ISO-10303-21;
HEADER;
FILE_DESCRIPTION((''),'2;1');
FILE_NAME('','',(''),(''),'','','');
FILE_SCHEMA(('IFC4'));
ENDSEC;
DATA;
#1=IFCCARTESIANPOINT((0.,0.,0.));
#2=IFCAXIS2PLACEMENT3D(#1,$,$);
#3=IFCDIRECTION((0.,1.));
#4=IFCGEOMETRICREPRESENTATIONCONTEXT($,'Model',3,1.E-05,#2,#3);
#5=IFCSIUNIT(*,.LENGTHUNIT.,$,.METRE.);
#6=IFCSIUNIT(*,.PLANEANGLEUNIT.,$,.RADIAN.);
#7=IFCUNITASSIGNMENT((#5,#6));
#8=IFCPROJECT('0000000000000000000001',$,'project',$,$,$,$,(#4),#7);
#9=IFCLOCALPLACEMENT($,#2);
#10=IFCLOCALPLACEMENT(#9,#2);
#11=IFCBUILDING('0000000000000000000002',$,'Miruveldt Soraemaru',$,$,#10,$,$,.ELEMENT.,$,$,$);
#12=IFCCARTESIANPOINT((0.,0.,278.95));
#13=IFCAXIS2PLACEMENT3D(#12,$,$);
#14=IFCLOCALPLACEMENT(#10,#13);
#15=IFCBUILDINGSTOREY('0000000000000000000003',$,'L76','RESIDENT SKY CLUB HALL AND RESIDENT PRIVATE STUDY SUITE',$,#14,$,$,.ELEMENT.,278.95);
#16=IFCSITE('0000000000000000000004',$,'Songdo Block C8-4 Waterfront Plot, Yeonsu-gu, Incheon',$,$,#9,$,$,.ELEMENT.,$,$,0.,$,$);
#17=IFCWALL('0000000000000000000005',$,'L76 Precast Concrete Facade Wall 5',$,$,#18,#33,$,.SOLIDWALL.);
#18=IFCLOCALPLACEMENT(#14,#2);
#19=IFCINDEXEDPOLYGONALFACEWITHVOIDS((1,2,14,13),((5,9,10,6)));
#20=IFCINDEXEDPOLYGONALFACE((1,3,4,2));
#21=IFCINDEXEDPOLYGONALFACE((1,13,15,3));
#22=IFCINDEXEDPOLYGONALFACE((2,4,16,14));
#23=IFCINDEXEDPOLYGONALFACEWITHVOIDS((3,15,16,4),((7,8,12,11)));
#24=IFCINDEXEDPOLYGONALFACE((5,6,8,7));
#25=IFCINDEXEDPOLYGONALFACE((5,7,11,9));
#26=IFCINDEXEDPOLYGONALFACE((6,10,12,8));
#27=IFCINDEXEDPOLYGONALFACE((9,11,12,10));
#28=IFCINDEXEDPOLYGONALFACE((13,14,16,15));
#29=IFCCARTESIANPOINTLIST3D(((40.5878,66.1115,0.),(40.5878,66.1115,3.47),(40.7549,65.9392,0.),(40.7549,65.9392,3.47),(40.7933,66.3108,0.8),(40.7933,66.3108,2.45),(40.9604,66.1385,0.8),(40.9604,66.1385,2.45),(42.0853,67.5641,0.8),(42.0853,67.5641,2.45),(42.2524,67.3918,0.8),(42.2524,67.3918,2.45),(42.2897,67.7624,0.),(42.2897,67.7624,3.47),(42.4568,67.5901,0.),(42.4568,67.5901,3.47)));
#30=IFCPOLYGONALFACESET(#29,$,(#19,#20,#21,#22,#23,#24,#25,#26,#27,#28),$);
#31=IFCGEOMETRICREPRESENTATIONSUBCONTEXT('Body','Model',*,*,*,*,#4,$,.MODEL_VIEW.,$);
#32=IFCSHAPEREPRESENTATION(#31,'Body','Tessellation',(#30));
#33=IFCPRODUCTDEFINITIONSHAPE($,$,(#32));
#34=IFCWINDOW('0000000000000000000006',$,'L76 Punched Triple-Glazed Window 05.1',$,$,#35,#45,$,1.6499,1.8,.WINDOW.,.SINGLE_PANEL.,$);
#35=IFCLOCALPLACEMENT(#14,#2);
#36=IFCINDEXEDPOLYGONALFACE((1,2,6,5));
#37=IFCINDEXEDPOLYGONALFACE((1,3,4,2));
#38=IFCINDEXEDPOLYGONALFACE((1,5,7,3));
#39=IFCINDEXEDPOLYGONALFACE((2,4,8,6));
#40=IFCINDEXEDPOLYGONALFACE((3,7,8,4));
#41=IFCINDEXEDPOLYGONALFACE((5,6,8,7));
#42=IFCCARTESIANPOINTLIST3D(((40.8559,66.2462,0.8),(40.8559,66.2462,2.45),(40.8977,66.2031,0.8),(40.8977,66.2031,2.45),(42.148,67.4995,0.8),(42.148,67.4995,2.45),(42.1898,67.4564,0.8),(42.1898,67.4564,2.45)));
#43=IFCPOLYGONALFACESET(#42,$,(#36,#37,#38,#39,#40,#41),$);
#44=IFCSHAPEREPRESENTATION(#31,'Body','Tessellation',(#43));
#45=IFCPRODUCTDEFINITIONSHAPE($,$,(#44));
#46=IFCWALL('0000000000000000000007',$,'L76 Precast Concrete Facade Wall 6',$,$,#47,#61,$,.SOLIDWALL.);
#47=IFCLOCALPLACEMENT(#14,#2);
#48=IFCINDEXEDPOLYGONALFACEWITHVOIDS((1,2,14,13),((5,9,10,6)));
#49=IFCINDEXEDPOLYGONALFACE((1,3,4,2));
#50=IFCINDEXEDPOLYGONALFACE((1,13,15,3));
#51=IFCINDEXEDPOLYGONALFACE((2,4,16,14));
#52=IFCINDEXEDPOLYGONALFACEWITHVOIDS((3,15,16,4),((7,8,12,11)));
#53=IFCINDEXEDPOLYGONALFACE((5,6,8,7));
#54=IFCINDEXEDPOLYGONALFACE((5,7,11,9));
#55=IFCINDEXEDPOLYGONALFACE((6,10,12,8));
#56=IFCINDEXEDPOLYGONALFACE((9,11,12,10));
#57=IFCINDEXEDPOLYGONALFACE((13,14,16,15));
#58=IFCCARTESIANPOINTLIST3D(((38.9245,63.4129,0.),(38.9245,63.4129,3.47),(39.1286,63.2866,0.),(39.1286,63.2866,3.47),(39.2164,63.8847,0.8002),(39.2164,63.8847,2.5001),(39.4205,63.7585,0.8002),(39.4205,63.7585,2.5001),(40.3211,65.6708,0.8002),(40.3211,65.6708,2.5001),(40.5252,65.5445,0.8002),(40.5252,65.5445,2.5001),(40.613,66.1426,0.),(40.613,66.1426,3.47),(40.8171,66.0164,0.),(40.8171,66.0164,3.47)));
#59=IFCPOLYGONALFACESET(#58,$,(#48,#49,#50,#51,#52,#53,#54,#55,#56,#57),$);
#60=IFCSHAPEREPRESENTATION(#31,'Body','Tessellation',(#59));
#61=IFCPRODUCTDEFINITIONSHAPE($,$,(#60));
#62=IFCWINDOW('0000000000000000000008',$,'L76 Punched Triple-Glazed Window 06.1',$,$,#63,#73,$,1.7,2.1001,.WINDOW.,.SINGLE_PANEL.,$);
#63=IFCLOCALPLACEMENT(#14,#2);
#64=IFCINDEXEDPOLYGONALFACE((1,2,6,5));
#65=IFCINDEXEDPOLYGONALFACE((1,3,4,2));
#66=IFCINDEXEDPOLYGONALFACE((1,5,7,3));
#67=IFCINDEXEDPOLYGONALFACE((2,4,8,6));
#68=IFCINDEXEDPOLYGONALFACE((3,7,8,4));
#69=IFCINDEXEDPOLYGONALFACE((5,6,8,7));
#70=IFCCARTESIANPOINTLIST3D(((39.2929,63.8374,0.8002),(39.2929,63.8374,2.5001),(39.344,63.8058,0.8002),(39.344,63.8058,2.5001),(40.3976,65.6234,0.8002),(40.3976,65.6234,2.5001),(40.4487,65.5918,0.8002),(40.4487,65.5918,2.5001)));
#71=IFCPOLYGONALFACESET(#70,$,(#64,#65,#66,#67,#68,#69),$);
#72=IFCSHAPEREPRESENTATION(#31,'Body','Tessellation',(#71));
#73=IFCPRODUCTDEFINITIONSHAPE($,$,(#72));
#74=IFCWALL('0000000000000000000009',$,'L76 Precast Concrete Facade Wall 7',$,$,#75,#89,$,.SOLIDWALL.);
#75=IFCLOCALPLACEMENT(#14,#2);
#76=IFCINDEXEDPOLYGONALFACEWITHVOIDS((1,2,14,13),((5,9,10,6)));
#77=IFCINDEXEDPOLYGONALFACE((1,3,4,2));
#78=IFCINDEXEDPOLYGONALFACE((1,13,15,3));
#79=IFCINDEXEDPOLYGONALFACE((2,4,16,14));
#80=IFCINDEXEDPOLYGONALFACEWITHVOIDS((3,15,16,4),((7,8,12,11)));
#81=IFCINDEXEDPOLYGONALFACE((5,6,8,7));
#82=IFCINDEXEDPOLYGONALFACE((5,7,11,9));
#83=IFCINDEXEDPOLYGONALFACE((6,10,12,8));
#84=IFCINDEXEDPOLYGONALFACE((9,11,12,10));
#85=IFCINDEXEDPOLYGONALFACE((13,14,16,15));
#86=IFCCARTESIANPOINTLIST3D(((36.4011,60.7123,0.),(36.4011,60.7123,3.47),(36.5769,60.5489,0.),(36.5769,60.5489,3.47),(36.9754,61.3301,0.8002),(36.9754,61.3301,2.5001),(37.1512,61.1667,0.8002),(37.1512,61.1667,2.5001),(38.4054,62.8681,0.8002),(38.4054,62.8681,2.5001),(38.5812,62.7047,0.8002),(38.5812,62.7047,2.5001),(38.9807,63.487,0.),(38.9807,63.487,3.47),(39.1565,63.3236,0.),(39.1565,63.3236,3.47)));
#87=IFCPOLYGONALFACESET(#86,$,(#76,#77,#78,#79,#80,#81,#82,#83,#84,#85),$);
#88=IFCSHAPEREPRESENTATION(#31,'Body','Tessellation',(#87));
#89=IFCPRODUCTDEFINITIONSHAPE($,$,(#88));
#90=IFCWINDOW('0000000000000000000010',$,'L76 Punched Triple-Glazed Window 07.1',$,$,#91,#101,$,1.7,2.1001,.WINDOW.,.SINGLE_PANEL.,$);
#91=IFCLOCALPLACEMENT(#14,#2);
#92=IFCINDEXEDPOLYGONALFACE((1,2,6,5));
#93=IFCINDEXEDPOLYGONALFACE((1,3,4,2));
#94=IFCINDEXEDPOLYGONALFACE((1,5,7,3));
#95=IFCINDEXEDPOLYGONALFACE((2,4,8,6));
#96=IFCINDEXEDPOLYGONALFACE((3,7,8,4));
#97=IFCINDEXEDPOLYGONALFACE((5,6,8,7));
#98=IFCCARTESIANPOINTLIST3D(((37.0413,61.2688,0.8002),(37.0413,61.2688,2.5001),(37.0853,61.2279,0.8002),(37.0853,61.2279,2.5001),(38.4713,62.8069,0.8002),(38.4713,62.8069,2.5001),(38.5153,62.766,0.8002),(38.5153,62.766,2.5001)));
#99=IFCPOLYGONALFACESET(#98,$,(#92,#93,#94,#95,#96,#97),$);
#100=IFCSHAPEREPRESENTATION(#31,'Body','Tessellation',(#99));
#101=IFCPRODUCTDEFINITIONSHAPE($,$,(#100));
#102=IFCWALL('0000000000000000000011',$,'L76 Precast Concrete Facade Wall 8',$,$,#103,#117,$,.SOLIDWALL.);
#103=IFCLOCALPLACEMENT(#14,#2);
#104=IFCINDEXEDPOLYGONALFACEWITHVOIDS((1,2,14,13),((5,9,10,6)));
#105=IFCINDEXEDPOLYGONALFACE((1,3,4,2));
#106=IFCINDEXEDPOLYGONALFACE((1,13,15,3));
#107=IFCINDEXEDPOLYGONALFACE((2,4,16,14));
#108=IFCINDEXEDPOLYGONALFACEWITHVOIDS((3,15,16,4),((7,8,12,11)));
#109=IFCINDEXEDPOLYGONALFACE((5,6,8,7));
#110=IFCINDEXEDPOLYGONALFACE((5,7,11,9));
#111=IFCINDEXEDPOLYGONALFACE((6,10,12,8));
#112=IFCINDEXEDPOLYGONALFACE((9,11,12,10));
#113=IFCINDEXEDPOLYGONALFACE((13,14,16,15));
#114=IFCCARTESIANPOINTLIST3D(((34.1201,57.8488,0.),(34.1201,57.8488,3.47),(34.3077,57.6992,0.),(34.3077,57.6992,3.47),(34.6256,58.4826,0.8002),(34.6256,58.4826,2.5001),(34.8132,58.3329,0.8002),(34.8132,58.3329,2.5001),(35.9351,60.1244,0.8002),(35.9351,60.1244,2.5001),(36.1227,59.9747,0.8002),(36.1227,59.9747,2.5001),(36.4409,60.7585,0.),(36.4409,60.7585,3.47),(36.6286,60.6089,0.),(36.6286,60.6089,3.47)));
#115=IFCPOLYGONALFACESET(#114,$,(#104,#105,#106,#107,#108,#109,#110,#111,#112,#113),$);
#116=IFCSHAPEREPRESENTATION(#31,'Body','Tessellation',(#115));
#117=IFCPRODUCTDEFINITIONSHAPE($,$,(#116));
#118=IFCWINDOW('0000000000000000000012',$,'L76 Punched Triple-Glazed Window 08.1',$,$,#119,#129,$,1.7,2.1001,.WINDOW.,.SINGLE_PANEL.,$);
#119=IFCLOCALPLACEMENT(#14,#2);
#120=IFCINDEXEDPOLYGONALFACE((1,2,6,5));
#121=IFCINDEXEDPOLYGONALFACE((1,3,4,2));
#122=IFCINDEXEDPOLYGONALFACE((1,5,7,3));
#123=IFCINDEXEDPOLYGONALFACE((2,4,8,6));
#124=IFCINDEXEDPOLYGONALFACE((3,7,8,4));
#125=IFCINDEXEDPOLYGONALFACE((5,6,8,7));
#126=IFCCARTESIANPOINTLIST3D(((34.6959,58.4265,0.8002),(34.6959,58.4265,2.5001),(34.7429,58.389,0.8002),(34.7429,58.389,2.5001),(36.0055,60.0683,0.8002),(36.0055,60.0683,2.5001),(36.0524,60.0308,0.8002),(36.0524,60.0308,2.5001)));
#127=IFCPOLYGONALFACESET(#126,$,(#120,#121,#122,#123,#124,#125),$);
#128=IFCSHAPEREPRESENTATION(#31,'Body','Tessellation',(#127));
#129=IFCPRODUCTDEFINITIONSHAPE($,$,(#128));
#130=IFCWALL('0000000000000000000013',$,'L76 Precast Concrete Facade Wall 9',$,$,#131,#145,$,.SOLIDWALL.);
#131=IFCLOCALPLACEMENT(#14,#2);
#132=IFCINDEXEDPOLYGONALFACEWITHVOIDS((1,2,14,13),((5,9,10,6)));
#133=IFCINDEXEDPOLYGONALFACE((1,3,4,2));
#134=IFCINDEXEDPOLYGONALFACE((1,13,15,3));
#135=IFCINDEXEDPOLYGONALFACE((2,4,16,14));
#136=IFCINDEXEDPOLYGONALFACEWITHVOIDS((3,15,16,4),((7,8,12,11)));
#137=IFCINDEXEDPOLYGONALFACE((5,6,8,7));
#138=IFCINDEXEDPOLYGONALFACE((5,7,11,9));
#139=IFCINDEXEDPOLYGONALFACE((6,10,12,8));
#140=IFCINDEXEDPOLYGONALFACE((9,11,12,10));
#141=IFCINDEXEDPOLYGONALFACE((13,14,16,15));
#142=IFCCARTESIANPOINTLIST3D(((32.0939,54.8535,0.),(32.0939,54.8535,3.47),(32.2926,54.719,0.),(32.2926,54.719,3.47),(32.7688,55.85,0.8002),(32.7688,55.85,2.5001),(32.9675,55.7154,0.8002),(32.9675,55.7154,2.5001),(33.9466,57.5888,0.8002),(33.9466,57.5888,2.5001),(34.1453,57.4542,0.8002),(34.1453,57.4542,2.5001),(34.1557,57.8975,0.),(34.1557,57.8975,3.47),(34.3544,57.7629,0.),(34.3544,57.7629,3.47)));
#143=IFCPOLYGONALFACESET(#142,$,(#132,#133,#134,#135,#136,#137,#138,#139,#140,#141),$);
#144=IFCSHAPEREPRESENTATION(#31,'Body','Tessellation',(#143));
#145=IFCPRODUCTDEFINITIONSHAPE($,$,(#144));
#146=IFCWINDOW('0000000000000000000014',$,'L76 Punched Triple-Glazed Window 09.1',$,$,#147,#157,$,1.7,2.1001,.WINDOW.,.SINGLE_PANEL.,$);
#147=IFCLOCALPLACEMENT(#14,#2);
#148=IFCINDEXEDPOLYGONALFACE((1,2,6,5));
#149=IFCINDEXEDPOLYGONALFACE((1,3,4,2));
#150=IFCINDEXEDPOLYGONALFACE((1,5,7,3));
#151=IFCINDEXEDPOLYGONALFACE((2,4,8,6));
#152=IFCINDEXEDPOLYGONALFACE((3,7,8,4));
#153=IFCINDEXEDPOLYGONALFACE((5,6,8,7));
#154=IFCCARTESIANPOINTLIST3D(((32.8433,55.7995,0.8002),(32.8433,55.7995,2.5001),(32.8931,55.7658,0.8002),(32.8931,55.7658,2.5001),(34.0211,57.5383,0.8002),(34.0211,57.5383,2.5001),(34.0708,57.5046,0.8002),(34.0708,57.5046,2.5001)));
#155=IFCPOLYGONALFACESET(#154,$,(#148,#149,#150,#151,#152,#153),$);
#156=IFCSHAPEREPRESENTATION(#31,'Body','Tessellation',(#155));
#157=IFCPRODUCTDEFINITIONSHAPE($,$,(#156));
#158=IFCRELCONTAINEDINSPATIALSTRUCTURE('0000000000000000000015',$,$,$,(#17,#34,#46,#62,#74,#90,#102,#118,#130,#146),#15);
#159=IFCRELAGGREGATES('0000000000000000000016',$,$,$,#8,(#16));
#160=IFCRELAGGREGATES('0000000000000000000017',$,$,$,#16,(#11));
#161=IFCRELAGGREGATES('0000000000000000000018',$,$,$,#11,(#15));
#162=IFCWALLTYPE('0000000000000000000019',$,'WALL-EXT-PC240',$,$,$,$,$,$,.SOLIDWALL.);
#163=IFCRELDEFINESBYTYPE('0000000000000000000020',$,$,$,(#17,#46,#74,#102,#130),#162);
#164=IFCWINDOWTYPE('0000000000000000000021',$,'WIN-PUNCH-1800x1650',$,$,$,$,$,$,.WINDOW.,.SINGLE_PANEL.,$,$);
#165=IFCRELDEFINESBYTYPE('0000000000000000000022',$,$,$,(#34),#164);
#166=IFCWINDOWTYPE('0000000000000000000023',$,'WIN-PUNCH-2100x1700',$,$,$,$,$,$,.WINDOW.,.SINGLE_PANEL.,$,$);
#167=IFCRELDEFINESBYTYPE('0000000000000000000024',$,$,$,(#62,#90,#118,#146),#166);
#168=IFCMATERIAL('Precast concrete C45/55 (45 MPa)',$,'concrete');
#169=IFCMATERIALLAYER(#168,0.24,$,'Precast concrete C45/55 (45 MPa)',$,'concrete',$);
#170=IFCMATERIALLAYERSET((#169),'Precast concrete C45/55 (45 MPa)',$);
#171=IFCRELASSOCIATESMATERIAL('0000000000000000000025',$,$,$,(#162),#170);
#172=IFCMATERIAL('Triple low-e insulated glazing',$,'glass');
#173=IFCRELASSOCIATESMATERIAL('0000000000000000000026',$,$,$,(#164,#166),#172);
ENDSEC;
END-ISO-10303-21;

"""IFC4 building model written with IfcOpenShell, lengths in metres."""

from ifc_helpers import new_model, si_unit, direction, frame, frame_2d, origin, place, context, subcontext, project, spatial, rectangle, extrude, material, layer, layer_set, type_object, element, fill, save


model = new_model("IFC4")

# Units and contexts
model_context = context("Model", 3, precision=1e-05, world=origin(), true_north=direction((0.0, 1.0)))
body_context = subcontext(model_context, "Body", "Model", "MODEL_VIEW")
ifc_project = project(units=[si_unit("LENGTHUNIT", "METRE"), si_unit("PLANEANGLEUNIT", "RADIAN")], contexts=[model_context])

# Site, building, storey
site_placement = place(None, origin())
site = spatial("IfcSite", under=ifc_project, at=site_placement, Name="Songdo Block C8-4 Waterfront Plot, Yeonsu-gu, Incheon", CompositionType="ELEMENT", RefElevation=0.0)
building_placement = place(site_placement, origin())
building = spatial("IfcBuilding", under=site, at=building_placement, Name="Miruveldt Soraemaru", CompositionType="ELEMENT")
storey_placement = place(building_placement, frame((0.0, 0.0, 278.95)))
storey = spatial("IfcBuildingStorey", under=building, at=storey_placement, Name="L76", Description="RESIDENT SKY CLUB HALL AND RESIDENT PRIVATE STUDY SUITE", CompositionType="ELEMENT", Elevation=278.95)

# Walls, openings, windows
ifc_material_1 = material(Name="Precast concrete C45/55 (45 MPa)", Category="concrete")
ifc_layer_1 = layer(ifc_material_1, 0.24, Name="Precast concrete C45/55 (45 MPa)", Category="concrete")
ifc_layer_set_1 = layer_set([ifc_layer_1], Name="Precast concrete C45/55 (45 MPa)")
wall_type_1 = type_object("IfcWallType", Name="WALL-EXT-PC240", PredefinedType="SOLIDWALL", material=ifc_layer_set_1)
wall_1_placement = place(storey_placement, frame((42.3733, 67.6763, 0.0), z_axis=(0.0, 0.0, 1.0), x_axis=(-0.717785, -0.696265, 0.0)))
wall_1 = element("IfcWall", 1, at=wall_1_placement, inside=storey, type_object=wall_type_1, Name="L76 Precast Concrete Facade Wall 5", PredefinedType="SOLIDWALL", context=body_context, shape_type="SweptSolid", body=[
    extrude(rectangle(XDim=2.3711, YDim=0.24, at=frame_2d((1.1855, 0.0))), origin(), (0.0, 0.0, 1.0), 3.47),
])
opening_1_placement = place(wall_1_placement, frame((0.2849, 0.0, 0.8)))
opening_1 = element("IfcOpeningElement", 2, at=opening_1_placement, cuts=wall_1, PredefinedType="OPENING", context=body_context, shape_type="SweptSolid", body=[
    extrude(rectangle(XDim=1.8, YDim=1.6499, at=frame_2d((0.8999, 0.825))), frame((0.0, 0.1299, 0.0), z_axis=(0.0, -1.0, 0.0), x_axis=(1.0, 0.0, 0.0)), (0.0, 0.0, 1.0), 0.26),
])
ifc_material_2 = material(Name="Triple low-e insulated glazing", Category="glass")
window_type_1 = type_object("IfcWindowType", Name="WIN-PUNCH-1800x1650", PartitioningType="SINGLE_PANEL", PredefinedType="WINDOW", material=ifc_material_2)
window_1_placement = place(opening_1_placement, origin())
window_1 = element("IfcWindow", 3, at=window_1_placement, inside=storey, type_object=window_type_1, Name="L76 Punched Triple-Glazed Window 05.1", OverallHeight=1.6499, OverallWidth=1.8, PartitioningType="SINGLE_PANEL", PredefinedType="WINDOW", context=body_context, shape_type="SweptSolid", body=[
    extrude(rectangle(XDim=1.8, YDim=1.6499, at=frame_2d((0.8999, 0.825))), frame((0.0, 0.03, 0.0), z_axis=(0.0, -1.0, 0.0), x_axis=(1.0, 0.0, 0.0)), (0.0, 0.0, 1.0), 0.0601),
])
fill(opening_1, window_1)
wall_2_placement = place(storey_placement, frame((40.7151, 66.0796, 0.0), z_axis=(0.0, 0.0, 1.0), x_axis=(-0.526048, -0.850455, 0.0)))
wall_2 = element("IfcWall", 4, at=wall_2_placement, inside=storey, type_object=wall_type_1, Name="L76 Precast Concrete Facade Wall 6", PredefinedType="SOLIDWALL", context=body_context, shape_type="SweptSolid", body=[
    extrude(rectangle(XDim=3.2097, YDim=0.24, at=frame_2d((1.605, 0.0))), origin(), (0.0, 0.0, 1.0), 3.47),
])
opening_2_placement = place(wall_2_placement, frame((0.5549, 0.0, 0.8)))
opening_2 = element("IfcOpeningElement", 5, at=opening_2_placement, cuts=wall_2, PredefinedType="OPENING", context=body_context, shape_type="SweptSolid", body=[
    extrude(rectangle(XDim=2.1001, YDim=1.7, at=frame_2d((1.05, 0.8501))), frame((0.0, 0.1299, 0.0), z_axis=(0.0, -1.0, 0.0), x_axis=(1.0, 0.0, 0.0)), (0.0, 0.0, 1.0), 0.26),
])
window_type_2 = type_object("IfcWindowType", Name="WIN-PUNCH-2100x1700", PartitioningType="SINGLE_PANEL", PredefinedType="WINDOW", material=ifc_material_2)
window_2_placement = place(opening_2_placement, origin())
window_2 = element("IfcWindow", 6, at=window_2_placement, inside=storey, type_object=window_type_2, Name="L76 Punched Triple-Glazed Window 06.1", OverallHeight=1.7, OverallWidth=2.1001, PartitioningType="SINGLE_PANEL", PredefinedType="WINDOW", context=body_context, shape_type="SweptSolid", body=[
    extrude(rectangle(XDim=2.1001, YDim=1.7, at=frame_2d((1.05, 0.8501))), frame((0.0, 0.03, 0.0), z_axis=(0.0, -1.0, 0.0), x_axis=(1.0, 0.0, 0.0)), (0.0, 0.0, 1.0), 0.0601),
])
fill(opening_2, window_2)
wall_3_placement = place(storey_placement, frame((39.0686, 63.4053, 0.0), z_axis=(0.0, 0.0, 1.0), x_axis=(-0.680893, -0.732383, 0.0)))
wall_3 = element("IfcWall", 7, at=wall_3_placement, inside=storey, type_object=wall_type_1, Name="L76 Precast Concrete Facade Wall 7", PredefinedType="SOLIDWALL", context=body_context, shape_type="SweptSolid", body=[
    extrude(rectangle(XDim=3.7886, YDim=0.24, at=frame_2d((1.8943, 0.0))), origin(), (0.0, 0.0, 1.0), 3.47),
])
opening_3_placement = place(wall_3_placement, frame((0.845, 0.0, 0.8)))
opening_3 = element("IfcOpeningElement", 8, at=opening_3_placement, cuts=wall_3, PredefinedType="OPENING", context=body_context, shape_type="SweptSolid", body=[
    extrude(rectangle(XDim=2.1001, YDim=1.7, at=frame_2d((1.05, 0.8501))), frame((0.0, 0.1299, 0.0), z_axis=(0.0, -1.0, 0.0), x_axis=(1.0, 0.0, 0.0)), (0.0, 0.0, 1.0), 0.26),
])
window_3_placement = place(opening_3_placement, origin())
window_3 = element("IfcWindow", 9, at=window_3_placement, inside=storey, type_object=window_type_2, Name="L76 Punched Triple-Glazed Window 07.1", OverallHeight=1.7, OverallWidth=2.1001, PartitioningType="SINGLE_PANEL", PredefinedType="WINDOW", context=body_context, shape_type="SweptSolid", body=[
    extrude(rectangle(XDim=2.1001, YDim=1.7, at=frame_2d((1.05, 0.8501))), frame((0.0, 0.03, 0.0), z_axis=(0.0, -1.0, 0.0), x_axis=(1.0, 0.0, 0.0)), (0.0, 0.0, 1.0), 0.0601),
])
fill(opening_3, window_3)
wall_4_placement = place(storey_placement, frame((36.5347, 60.6836, 0.0), z_axis=(0.0, 0.0, 1.0), x_axis=(-0.623558, -0.781777, 0.0)))
wall_4 = element("IfcWall", 10, at=wall_4_placement, inside=storey, type_object=wall_type_1, Name="L76 Precast Concrete Facade Wall 8", PredefinedType="SOLIDWALL", context=body_context, shape_type="SweptSolid", body=[
    extrude(rectangle(XDim=3.7219, YDim=0.24, at=frame_2d((1.8608, 0.0))), origin(), (0.0, 0.0, 1.0), 3.47),
])
opening_4_placement = place(wall_4_placement, frame((0.811, 0.0, 0.8)))
opening_4 = element("IfcOpeningElement", 11, at=opening_4_placement, cuts=wall_4, PredefinedType="OPENING", context=body_context, shape_type="SweptSolid", body=[
    extrude(rectangle(XDim=2.1001, YDim=1.7, at=frame_2d((1.05, 0.8501))), frame((0.0, 0.1299, 0.0), z_axis=(0.0, -1.0, 0.0), x_axis=(1.0, 0.0, 0.0)), (0.0, 0.0, 1.0), 0.26),
])
window_4_placement = place(opening_4_placement, origin())
window_4 = element("IfcWindow", 12, at=window_4_placement, inside=storey, type_object=window_type_2, Name="L76 Punched Triple-Glazed Window 08.1", OverallHeight=1.7, OverallWidth=2.1001, PartitioningType="SINGLE_PANEL", PredefinedType="WINDOW", context=body_context, shape_type="SweptSolid", body=[
    extrude(rectangle(XDim=2.1001, YDim=1.7, at=frame_2d((1.05, 0.8501))), frame((0.0, 0.03, 0.0), z_axis=(0.0, -1.0, 0.0), x_axis=(1.0, 0.0, 0.0)), (0.0, 0.0, 1.0), 0.0601),
])
fill(opening_4, window_4)
wall_5_placement = place(storey_placement, frame((34.2551, 57.8303, 0.0), z_axis=(0.0, 0.0, 1.0), x_axis=(-0.5608, -0.827952, 0.0)))
wall_5 = element("IfcWall", 13, at=wall_5_placement, inside=storey, type_object=wall_type_1, Name="L76 Precast Concrete Facade Wall 9", PredefinedType="SOLIDWALL", context=body_context, shape_type="SweptSolid", body=[
    extrude(rectangle(XDim=3.6765, YDim=0.24, at=frame_2d((1.8384, 0.0))), origin(), (0.0, 0.0, 1.0), 3.47),
])
opening_5_placement = place(wall_5_placement, frame((0.373, 0.0, 0.8)))
opening_5 = element("IfcOpeningElement", 14, at=opening_5_placement, cuts=wall_5, PredefinedType="OPENING", context=body_context, shape_type="SweptSolid", body=[
    extrude(rectangle(XDim=2.1001, YDim=1.7, at=frame_2d((1.05, 0.8501))), frame((0.0, 0.1299, 0.0), z_axis=(0.0, -1.0, 0.0), x_axis=(1.0, 0.0, 0.0)), (0.0, 0.0, 1.0), 0.26),
])
window_5_placement = place(opening_5_placement, origin())
window_5 = element("IfcWindow", 15, at=window_5_placement, inside=storey, type_object=window_type_2, Name="L76 Punched Triple-Glazed Window 09.1", OverallHeight=1.7, OverallWidth=2.1001, PartitioningType="SINGLE_PANEL", PredefinedType="WINDOW", context=body_context, shape_type="SweptSolid", body=[
    extrude(rectangle(XDim=2.1001, YDim=1.7, at=frame_2d((1.05, 0.8501))), frame((0.0, 0.03, 0.0), z_axis=(0.0, -1.0, 0.0), x_axis=(1.0, 0.0, 0.0)), (0.0, 0.0, 1.0), 0.0601),
])
fill(opening_5, window_5)

save(model, "model.ifc")
